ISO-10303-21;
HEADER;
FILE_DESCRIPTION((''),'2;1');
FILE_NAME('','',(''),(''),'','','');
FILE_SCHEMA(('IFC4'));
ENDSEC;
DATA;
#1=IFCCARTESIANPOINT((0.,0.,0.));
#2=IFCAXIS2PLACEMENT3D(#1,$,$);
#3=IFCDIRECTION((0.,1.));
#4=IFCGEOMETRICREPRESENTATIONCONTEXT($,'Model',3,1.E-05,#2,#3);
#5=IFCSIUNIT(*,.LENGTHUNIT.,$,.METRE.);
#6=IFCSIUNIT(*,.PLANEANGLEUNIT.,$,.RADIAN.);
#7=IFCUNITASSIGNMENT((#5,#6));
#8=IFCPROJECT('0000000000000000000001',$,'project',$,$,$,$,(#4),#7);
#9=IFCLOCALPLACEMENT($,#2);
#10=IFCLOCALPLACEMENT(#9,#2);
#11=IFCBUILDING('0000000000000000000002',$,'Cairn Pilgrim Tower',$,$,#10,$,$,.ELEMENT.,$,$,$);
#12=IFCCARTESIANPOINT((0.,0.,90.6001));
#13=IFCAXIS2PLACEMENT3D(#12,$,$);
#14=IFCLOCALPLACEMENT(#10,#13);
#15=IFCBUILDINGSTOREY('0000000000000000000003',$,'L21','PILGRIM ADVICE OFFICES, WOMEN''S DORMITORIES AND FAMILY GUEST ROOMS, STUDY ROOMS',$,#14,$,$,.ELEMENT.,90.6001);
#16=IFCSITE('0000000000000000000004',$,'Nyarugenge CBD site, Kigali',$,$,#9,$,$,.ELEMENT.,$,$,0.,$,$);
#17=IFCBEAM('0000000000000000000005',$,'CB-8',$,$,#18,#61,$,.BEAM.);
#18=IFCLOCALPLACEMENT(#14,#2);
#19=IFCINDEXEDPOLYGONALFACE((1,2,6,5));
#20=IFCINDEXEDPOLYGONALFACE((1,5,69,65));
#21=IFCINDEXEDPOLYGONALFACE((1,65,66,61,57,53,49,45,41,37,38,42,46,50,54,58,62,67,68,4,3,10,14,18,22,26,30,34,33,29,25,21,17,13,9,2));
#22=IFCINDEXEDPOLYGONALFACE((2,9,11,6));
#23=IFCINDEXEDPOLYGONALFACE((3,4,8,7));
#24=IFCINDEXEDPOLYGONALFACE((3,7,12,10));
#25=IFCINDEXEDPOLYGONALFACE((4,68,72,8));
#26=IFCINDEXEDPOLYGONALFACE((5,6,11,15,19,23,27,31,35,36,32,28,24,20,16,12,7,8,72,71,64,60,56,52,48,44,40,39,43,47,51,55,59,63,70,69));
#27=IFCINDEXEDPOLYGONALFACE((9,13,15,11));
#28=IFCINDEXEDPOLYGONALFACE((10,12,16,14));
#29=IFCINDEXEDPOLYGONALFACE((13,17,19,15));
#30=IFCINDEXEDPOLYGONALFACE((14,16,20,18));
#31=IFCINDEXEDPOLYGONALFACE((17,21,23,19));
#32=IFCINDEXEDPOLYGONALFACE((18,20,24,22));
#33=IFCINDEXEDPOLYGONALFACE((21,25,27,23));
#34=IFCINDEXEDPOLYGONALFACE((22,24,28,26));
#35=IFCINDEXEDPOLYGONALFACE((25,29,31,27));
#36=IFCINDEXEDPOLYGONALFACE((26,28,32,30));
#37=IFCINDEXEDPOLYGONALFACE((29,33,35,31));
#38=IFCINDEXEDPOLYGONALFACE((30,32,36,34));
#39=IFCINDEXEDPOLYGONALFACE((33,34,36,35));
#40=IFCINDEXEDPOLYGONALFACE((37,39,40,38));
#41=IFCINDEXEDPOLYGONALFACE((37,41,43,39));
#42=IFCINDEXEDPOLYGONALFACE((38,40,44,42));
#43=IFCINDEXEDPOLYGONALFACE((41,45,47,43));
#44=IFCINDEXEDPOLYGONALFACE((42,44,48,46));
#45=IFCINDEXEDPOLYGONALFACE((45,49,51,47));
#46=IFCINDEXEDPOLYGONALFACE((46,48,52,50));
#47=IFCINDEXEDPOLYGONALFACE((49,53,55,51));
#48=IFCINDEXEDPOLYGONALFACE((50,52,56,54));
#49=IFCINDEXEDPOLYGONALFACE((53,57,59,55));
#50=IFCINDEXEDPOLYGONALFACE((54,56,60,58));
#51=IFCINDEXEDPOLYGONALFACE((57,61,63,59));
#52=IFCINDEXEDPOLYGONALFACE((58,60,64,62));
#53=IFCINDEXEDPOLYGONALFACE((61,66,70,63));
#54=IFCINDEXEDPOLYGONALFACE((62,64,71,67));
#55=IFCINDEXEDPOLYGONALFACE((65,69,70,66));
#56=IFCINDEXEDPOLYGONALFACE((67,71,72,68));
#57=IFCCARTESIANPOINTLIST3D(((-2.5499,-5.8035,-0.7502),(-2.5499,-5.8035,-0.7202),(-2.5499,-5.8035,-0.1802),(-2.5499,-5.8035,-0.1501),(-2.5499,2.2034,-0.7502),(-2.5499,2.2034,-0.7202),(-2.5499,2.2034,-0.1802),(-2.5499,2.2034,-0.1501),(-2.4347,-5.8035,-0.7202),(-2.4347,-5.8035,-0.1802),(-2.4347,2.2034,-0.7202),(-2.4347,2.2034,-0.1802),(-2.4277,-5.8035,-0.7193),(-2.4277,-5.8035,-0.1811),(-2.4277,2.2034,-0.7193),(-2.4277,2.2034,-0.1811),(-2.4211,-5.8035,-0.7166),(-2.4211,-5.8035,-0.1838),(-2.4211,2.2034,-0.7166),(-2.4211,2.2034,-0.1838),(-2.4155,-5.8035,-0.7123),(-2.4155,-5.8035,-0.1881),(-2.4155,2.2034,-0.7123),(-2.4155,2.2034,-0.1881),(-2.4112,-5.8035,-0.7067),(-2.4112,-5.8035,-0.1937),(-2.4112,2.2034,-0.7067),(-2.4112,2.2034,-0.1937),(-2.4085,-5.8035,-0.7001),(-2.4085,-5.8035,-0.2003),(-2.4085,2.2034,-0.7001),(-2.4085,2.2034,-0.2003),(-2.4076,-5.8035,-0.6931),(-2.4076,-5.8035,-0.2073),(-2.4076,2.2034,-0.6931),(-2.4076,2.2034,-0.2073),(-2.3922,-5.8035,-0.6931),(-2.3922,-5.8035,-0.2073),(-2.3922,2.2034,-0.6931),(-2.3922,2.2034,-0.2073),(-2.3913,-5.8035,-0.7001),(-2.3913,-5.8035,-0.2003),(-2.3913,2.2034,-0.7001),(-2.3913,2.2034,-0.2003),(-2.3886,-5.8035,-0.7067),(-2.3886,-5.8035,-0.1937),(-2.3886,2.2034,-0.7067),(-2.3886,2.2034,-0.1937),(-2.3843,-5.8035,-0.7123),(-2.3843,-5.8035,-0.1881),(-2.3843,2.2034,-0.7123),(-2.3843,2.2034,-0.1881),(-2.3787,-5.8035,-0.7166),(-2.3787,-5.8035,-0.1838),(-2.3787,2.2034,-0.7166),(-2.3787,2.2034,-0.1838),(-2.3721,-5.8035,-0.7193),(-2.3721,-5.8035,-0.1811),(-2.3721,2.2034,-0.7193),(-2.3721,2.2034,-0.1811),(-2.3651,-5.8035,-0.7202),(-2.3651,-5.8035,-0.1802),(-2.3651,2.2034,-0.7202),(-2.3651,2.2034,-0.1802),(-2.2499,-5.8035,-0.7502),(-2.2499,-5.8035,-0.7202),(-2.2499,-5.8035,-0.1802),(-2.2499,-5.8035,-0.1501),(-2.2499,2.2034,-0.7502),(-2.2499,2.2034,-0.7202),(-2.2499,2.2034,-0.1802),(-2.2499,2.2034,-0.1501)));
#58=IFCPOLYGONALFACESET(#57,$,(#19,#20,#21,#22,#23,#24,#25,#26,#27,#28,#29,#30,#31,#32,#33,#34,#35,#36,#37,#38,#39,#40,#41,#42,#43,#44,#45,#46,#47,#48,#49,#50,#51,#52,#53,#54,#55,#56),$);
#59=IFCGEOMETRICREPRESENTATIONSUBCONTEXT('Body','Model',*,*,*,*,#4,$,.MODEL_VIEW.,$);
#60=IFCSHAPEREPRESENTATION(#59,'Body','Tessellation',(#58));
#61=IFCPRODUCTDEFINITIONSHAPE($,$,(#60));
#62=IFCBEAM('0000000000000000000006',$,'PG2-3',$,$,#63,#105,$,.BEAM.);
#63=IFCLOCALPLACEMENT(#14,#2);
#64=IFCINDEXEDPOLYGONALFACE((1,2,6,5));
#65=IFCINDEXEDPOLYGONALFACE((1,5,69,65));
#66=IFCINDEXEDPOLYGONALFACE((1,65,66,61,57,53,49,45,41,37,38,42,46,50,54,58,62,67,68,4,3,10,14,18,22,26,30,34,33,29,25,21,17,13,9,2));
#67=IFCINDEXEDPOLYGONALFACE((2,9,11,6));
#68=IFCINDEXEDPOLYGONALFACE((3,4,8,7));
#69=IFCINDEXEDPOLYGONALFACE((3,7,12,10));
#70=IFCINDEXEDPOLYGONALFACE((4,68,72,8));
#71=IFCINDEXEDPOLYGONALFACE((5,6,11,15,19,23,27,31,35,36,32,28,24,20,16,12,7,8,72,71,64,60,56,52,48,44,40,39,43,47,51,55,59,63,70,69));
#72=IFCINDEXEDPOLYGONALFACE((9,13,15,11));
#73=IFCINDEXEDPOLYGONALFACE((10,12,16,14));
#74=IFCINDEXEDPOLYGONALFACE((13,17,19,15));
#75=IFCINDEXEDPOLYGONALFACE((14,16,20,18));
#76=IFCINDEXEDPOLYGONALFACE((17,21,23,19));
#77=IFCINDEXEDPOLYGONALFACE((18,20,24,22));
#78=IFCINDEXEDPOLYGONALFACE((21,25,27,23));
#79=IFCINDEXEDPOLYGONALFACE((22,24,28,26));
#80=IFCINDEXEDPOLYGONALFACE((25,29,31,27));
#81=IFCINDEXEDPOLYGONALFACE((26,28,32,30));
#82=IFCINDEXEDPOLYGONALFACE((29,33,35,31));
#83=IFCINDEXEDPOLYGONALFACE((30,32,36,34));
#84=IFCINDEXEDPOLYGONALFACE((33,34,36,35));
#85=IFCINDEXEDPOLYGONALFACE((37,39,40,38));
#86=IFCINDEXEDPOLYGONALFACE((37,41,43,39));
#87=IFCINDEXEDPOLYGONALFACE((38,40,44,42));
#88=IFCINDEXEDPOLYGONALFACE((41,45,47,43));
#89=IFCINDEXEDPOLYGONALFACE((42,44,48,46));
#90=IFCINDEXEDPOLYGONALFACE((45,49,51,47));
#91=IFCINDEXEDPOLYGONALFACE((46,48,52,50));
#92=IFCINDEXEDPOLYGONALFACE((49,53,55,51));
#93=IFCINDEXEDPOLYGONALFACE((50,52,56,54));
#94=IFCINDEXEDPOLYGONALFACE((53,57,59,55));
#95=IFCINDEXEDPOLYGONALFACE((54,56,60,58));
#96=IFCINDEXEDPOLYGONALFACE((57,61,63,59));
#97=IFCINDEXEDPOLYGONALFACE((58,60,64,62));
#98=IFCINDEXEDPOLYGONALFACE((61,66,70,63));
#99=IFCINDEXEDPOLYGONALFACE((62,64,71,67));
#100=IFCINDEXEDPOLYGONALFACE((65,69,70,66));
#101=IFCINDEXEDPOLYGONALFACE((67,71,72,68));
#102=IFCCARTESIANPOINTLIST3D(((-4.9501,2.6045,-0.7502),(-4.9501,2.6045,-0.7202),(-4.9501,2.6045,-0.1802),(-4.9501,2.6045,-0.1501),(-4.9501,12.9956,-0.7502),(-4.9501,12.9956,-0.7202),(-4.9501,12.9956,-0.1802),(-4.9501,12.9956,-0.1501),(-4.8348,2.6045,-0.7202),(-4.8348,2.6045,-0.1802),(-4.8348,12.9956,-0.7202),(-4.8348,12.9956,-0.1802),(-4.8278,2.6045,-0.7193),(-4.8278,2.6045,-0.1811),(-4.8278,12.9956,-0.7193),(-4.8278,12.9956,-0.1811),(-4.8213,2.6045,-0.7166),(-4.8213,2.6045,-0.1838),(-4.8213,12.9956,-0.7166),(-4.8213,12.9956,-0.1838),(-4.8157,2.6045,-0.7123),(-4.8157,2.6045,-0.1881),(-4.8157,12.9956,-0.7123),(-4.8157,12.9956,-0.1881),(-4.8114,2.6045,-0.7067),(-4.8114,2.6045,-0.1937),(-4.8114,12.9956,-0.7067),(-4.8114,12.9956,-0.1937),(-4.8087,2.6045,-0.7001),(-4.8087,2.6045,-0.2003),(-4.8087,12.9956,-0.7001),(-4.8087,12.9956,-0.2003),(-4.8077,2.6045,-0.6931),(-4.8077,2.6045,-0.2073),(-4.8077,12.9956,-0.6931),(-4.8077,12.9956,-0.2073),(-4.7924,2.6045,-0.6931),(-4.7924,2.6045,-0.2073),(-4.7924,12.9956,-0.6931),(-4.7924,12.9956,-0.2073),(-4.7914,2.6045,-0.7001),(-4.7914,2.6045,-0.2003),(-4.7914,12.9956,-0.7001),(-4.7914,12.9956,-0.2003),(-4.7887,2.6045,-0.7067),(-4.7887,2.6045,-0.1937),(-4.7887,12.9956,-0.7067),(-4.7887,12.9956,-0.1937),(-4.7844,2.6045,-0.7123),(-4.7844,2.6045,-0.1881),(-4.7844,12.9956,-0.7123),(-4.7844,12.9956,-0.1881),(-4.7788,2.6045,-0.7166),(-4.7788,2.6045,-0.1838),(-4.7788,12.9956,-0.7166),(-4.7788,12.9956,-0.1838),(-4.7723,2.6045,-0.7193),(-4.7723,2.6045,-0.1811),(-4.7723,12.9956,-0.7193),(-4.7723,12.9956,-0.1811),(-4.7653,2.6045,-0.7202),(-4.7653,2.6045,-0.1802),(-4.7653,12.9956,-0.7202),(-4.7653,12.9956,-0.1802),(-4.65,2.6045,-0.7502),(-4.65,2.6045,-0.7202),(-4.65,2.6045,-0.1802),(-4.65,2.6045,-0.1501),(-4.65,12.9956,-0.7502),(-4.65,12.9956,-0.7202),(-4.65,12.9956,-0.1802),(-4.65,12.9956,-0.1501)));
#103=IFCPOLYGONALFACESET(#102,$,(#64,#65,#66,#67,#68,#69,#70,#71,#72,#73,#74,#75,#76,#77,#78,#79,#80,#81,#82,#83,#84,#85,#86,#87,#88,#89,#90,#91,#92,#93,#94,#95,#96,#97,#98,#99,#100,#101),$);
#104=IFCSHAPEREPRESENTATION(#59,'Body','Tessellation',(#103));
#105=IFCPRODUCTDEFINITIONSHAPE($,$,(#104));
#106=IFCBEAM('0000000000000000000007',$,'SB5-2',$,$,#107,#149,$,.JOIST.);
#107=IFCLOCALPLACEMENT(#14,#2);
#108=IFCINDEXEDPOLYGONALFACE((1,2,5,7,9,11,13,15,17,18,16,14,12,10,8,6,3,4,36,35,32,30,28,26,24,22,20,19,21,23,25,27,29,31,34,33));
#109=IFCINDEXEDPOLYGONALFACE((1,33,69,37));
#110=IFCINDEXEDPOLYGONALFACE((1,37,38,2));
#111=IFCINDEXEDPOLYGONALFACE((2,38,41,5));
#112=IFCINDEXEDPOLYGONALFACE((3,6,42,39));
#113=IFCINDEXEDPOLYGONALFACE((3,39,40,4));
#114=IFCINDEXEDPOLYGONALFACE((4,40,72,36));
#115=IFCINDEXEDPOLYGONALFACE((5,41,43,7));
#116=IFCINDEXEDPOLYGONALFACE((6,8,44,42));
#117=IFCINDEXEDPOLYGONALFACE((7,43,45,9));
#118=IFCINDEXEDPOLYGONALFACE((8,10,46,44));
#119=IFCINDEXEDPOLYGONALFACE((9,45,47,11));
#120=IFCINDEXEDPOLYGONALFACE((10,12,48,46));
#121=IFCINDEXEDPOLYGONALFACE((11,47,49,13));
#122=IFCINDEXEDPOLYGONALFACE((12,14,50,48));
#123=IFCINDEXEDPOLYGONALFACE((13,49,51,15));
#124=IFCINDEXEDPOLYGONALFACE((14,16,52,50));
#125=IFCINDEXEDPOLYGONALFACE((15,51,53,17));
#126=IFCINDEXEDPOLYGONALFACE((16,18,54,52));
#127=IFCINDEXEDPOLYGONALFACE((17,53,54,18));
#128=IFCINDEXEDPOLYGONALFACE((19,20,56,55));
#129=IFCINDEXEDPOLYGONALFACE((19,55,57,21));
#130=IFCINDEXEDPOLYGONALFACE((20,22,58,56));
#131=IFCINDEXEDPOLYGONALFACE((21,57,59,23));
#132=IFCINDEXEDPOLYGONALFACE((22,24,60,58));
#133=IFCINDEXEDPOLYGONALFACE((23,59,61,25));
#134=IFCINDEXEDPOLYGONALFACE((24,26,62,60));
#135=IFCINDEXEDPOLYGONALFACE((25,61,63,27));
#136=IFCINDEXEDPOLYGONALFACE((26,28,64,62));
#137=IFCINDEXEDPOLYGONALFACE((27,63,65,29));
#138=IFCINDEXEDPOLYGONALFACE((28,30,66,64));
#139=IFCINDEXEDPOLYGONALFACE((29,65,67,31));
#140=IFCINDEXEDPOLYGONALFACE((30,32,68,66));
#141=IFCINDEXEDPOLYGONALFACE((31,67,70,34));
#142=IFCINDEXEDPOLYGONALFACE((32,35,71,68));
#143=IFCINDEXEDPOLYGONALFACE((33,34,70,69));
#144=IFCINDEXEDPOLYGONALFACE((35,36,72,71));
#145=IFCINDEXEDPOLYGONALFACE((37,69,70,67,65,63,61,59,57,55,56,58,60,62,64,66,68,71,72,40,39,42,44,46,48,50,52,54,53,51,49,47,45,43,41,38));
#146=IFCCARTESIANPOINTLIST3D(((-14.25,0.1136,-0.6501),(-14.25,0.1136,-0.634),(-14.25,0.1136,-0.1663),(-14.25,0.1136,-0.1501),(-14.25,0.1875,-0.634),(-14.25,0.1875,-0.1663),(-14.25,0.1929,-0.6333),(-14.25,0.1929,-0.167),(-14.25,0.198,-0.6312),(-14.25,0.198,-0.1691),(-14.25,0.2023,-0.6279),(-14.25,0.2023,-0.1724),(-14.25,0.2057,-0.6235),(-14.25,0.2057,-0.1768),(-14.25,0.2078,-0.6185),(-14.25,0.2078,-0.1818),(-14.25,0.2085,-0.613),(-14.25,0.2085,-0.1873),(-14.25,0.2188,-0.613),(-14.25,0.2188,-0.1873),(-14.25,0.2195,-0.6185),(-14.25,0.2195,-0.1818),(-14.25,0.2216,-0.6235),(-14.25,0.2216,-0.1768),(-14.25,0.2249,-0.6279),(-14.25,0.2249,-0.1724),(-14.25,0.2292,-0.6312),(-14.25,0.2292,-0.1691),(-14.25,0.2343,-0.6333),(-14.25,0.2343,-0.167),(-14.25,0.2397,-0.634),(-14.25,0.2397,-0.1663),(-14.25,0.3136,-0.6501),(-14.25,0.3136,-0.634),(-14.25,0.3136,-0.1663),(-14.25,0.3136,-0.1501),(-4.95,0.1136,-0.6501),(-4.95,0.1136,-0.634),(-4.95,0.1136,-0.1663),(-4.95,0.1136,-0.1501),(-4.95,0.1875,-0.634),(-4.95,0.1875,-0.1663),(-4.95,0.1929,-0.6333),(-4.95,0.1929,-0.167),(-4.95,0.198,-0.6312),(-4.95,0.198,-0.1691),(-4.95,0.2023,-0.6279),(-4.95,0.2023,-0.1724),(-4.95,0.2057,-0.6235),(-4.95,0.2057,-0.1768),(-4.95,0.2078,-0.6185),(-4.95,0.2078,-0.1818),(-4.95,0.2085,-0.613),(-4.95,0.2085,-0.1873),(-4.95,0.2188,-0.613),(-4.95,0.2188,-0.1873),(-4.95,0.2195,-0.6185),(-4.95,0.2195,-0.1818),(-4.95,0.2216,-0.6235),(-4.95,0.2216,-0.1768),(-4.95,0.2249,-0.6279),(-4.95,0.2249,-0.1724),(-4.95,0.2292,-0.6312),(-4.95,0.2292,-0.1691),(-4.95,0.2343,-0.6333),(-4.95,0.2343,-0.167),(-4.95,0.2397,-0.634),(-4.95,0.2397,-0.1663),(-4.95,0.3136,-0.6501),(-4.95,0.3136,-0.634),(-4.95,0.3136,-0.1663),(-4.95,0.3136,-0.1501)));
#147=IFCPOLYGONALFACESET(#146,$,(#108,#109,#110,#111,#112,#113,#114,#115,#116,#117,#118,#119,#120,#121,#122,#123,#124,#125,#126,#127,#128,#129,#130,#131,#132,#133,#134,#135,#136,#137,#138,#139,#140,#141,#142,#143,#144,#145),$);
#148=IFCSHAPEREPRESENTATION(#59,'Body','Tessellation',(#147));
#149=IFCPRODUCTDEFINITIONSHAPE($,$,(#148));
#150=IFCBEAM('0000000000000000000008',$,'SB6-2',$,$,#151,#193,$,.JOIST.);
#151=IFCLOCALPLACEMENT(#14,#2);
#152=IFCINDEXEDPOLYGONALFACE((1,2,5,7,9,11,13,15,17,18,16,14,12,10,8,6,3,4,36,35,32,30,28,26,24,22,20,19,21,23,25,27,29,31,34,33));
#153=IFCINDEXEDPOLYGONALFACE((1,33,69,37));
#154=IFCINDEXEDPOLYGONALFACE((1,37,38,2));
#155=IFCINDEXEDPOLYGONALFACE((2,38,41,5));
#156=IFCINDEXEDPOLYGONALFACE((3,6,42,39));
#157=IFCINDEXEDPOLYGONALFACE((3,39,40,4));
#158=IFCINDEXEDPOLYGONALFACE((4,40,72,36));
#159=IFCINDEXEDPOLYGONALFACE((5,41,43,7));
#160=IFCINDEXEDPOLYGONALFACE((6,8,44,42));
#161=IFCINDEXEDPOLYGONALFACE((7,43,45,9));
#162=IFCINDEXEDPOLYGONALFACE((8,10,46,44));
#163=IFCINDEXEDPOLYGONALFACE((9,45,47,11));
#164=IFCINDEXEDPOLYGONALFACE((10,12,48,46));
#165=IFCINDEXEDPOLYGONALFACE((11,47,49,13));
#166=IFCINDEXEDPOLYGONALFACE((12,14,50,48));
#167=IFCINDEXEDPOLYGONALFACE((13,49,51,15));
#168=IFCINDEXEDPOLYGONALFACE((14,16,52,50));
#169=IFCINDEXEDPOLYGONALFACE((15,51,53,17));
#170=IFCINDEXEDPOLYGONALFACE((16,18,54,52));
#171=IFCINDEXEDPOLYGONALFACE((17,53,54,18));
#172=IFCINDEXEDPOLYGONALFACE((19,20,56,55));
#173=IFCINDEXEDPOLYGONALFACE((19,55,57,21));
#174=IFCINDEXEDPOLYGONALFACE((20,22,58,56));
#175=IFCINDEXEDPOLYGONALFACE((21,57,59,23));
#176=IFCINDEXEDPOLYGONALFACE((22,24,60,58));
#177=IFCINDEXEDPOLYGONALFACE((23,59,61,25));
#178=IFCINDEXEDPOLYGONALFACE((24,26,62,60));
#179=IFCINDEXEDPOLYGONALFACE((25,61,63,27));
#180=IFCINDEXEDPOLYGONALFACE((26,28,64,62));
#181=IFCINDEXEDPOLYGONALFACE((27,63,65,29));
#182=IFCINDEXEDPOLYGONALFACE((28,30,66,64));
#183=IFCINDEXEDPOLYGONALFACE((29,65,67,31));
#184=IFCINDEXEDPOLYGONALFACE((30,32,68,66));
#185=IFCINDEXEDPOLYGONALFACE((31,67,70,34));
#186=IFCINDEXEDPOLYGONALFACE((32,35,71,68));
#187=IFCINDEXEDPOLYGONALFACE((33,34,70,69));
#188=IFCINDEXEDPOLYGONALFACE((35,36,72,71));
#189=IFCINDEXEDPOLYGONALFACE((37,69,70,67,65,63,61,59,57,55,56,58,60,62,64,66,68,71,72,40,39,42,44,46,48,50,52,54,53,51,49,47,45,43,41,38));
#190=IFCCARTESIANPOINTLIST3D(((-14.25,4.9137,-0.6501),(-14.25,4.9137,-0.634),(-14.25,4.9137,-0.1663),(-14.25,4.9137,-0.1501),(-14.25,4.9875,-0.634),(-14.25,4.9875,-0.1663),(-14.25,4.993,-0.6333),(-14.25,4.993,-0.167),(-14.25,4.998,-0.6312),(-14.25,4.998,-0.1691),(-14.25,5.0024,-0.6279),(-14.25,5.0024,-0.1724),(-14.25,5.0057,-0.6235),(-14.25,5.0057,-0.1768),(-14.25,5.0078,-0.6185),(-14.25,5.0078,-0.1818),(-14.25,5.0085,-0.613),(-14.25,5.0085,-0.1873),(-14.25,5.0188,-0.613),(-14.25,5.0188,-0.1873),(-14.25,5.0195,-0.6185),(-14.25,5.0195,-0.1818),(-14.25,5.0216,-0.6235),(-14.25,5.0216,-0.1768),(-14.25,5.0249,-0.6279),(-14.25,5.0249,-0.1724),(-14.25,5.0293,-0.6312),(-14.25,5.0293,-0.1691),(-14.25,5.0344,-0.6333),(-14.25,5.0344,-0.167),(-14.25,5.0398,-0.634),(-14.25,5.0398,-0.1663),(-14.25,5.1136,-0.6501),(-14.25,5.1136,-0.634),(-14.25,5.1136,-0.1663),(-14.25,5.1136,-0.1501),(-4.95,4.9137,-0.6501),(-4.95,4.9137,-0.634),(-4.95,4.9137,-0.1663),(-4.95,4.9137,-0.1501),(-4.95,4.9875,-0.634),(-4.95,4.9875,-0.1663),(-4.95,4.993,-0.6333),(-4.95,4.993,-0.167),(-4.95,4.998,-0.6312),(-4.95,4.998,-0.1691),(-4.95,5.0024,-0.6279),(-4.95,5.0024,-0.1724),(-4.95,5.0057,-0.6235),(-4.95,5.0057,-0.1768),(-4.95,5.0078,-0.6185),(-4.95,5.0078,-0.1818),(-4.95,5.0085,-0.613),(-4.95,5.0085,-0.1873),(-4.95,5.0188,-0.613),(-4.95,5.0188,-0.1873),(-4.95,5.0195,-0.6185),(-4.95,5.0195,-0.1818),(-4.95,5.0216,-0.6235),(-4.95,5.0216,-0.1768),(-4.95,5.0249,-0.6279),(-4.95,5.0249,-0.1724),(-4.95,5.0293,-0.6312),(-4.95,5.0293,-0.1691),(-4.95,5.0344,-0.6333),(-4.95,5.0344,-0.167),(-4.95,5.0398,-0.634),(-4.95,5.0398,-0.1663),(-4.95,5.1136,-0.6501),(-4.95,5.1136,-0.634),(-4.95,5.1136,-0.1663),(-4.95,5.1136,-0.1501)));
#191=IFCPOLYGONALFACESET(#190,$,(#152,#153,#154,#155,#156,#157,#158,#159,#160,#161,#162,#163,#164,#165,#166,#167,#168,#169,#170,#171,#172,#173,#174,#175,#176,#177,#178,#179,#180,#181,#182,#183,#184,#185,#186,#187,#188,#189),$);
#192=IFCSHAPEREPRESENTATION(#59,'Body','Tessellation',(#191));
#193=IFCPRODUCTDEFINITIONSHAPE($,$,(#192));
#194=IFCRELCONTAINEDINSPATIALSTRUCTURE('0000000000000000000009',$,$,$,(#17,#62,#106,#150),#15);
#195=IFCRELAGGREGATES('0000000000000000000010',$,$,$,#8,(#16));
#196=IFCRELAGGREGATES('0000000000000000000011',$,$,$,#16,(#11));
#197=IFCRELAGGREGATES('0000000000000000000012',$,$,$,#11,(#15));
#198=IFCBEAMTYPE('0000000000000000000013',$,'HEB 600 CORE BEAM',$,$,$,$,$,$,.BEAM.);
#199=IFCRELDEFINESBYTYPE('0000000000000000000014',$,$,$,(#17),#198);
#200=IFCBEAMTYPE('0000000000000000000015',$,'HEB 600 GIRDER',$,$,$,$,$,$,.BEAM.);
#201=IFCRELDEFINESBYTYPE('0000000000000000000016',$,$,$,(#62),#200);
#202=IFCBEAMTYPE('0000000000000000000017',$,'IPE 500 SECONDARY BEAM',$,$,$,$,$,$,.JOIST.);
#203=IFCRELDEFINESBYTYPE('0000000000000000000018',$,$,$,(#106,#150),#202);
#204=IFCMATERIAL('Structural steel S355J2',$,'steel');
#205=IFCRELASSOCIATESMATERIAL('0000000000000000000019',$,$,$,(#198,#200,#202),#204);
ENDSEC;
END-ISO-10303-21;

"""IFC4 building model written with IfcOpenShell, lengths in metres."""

from ifc_helpers import new_model, si_unit, direction, frame, origin, origin_2d, place, context, subcontext, project, spatial, i_section, extrude, material, material_profile, profile_set, type_object, element, save


model = new_model("IFC4")

# Units and contexts
model_context = context("Model", 3, precision=1e-05, world=origin(), true_north=direction((0.0, 1.0)))
body_context = subcontext(model_context, "Body", "Model", "MODEL_VIEW")
ifc_project = project(units=[si_unit("LENGTHUNIT", "METRE"), si_unit("PLANEANGLEUNIT", "RADIAN")], contexts=[model_context])

# Site, building, storey
site_placement = place(None, origin())
site = spatial("IfcSite", under=ifc_project, at=site_placement, Name="Nyarugenge CBD site, Kigali", CompositionType="ELEMENT", RefElevation=0.0)
building_placement = place(site_placement, origin())
building = spatial("IfcBuilding", under=site, at=building_placement, Name="Cairn Pilgrim Tower", CompositionType="ELEMENT")
storey_placement = place(building_placement, frame((0.0, 0.0, 90.6001)))
storey = spatial("IfcBuildingStorey", under=building, at=storey_placement, Name="L21", Description="PILGRIM ADVICE OFFICES, WOMEN'S DORMITORIES AND FAMILY GUEST ROOMS, STUDY ROOMS", CompositionType="ELEMENT", Elevation=90.6001)

# Beams
ifc_material_1 = material(Name="Structural steel S355J2", Category="steel")
ifc_material_profile_1 = material_profile(ifc_material_1, i_section(OverallWidth=0.3, OverallDepth=0.6001, WebThickness=0.0154, FlangeThickness=0.03, FilletRadius=0.0271, at=origin_2d()), Name="HEB 600")
ifc_profile_set_1 = profile_set([ifc_material_profile_1], Name="Structural steel S355J2")
beam_type_1 = type_object("IfcBeamType", Name="HEB 600 CORE BEAM", PredefinedType="BEAM", material=ifc_profile_set_1)
for number, where, z_axis, x_axis, name in (
    (1, (-2.3999, 2.2034, -0.4502), (0.0, -1.0, 0.0), (1.0, 0.0, 0.0), "CB-8"),
):
    element("IfcBeam", number, at=place(storey_placement, frame(where, z_axis=z_axis, x_axis=x_axis)), inside=storey, type_object=beam_type_1, Name=name, PredefinedType="BEAM", context=body_context, shape_type="SweptSolid", body=[
        extrude(i_section(OverallWidth=0.3, OverallDepth=0.6001, WebThickness=0.0154, FlangeThickness=0.03, FilletRadius=0.0271, at=origin_2d()), origin(), (0.0, 0.0, 1.0), 8.0068),
    ])
ifc_material_profile_2 = material_profile(ifc_material_1, i_section(OverallWidth=0.3, OverallDepth=0.6001, WebThickness=0.0154, FlangeThickness=0.03, FilletRadius=0.0271, at=origin_2d()), Name="HEB 600")
ifc_profile_set_2 = profile_set([ifc_material_profile_2], Name="Structural steel S355J2")
beam_type_2 = type_object("IfcBeamType", Name="HEB 600 GIRDER", PredefinedType="BEAM", material=ifc_profile_set_2)
beam_1_placement = place(storey_placement, frame((-4.8, 2.6045, -0.4502), z_axis=(0.0, 1.0, 0.0), x_axis=(-1.0, 0.0, 0.0)))
element("IfcBeam", 2, at=beam_1_placement, inside=storey, type_object=beam_type_2, Name="PG2-3", PredefinedType="BEAM", context=body_context, shape_type="SweptSolid", body=[
    extrude(i_section(OverallWidth=0.3, OverallDepth=0.6001, WebThickness=0.0154, FlangeThickness=0.03, FilletRadius=0.0271, at=origin_2d()), origin(), (0.0, 0.0, 1.0), 10.3911),
])
ifc_material_profile_3 = material_profile(ifc_material_1, i_section(OverallWidth=0.2, OverallDepth=0.5, WebThickness=0.0103, FlangeThickness=0.0161, FilletRadius=0.021, at=origin_2d()), Name="IPE 500")
ifc_profile_set_3 = profile_set([ifc_material_profile_3], Name="Structural steel S355J2")
beam_type_3 = type_object("IfcBeamType", Name="IPE 500 SECONDARY BEAM", PredefinedType="JOIST", material=ifc_profile_set_3)
for number, where, z_axis, x_axis, name in (
    (3, (-14.25, 0.2136, -0.4001), (1.0, 0.0, 0.0), (0.0, 1.0, 0.0), "SB5-2"),
    (4, (-14.25, 5.0137, -0.4001), (1.0, 0.0, 0.0), (0.0, 1.0, 0.0), "SB6-2"),
):
    element("IfcBeam", number, at=place(storey_placement, frame(where, z_axis=z_axis, x_axis=x_axis)), inside=storey, type_object=beam_type_3, Name=name, PredefinedType="JOIST", context=body_context, shape_type="SweptSolid", body=[
        extrude(i_section(OverallWidth=0.2, OverallDepth=0.5, WebThickness=0.0103, FlangeThickness=0.0161, FilletRadius=0.021, at=origin_2d()), origin(), (0.0, 0.0, 1.0), 9.3),
    ])

save(model, "model.ifc")
